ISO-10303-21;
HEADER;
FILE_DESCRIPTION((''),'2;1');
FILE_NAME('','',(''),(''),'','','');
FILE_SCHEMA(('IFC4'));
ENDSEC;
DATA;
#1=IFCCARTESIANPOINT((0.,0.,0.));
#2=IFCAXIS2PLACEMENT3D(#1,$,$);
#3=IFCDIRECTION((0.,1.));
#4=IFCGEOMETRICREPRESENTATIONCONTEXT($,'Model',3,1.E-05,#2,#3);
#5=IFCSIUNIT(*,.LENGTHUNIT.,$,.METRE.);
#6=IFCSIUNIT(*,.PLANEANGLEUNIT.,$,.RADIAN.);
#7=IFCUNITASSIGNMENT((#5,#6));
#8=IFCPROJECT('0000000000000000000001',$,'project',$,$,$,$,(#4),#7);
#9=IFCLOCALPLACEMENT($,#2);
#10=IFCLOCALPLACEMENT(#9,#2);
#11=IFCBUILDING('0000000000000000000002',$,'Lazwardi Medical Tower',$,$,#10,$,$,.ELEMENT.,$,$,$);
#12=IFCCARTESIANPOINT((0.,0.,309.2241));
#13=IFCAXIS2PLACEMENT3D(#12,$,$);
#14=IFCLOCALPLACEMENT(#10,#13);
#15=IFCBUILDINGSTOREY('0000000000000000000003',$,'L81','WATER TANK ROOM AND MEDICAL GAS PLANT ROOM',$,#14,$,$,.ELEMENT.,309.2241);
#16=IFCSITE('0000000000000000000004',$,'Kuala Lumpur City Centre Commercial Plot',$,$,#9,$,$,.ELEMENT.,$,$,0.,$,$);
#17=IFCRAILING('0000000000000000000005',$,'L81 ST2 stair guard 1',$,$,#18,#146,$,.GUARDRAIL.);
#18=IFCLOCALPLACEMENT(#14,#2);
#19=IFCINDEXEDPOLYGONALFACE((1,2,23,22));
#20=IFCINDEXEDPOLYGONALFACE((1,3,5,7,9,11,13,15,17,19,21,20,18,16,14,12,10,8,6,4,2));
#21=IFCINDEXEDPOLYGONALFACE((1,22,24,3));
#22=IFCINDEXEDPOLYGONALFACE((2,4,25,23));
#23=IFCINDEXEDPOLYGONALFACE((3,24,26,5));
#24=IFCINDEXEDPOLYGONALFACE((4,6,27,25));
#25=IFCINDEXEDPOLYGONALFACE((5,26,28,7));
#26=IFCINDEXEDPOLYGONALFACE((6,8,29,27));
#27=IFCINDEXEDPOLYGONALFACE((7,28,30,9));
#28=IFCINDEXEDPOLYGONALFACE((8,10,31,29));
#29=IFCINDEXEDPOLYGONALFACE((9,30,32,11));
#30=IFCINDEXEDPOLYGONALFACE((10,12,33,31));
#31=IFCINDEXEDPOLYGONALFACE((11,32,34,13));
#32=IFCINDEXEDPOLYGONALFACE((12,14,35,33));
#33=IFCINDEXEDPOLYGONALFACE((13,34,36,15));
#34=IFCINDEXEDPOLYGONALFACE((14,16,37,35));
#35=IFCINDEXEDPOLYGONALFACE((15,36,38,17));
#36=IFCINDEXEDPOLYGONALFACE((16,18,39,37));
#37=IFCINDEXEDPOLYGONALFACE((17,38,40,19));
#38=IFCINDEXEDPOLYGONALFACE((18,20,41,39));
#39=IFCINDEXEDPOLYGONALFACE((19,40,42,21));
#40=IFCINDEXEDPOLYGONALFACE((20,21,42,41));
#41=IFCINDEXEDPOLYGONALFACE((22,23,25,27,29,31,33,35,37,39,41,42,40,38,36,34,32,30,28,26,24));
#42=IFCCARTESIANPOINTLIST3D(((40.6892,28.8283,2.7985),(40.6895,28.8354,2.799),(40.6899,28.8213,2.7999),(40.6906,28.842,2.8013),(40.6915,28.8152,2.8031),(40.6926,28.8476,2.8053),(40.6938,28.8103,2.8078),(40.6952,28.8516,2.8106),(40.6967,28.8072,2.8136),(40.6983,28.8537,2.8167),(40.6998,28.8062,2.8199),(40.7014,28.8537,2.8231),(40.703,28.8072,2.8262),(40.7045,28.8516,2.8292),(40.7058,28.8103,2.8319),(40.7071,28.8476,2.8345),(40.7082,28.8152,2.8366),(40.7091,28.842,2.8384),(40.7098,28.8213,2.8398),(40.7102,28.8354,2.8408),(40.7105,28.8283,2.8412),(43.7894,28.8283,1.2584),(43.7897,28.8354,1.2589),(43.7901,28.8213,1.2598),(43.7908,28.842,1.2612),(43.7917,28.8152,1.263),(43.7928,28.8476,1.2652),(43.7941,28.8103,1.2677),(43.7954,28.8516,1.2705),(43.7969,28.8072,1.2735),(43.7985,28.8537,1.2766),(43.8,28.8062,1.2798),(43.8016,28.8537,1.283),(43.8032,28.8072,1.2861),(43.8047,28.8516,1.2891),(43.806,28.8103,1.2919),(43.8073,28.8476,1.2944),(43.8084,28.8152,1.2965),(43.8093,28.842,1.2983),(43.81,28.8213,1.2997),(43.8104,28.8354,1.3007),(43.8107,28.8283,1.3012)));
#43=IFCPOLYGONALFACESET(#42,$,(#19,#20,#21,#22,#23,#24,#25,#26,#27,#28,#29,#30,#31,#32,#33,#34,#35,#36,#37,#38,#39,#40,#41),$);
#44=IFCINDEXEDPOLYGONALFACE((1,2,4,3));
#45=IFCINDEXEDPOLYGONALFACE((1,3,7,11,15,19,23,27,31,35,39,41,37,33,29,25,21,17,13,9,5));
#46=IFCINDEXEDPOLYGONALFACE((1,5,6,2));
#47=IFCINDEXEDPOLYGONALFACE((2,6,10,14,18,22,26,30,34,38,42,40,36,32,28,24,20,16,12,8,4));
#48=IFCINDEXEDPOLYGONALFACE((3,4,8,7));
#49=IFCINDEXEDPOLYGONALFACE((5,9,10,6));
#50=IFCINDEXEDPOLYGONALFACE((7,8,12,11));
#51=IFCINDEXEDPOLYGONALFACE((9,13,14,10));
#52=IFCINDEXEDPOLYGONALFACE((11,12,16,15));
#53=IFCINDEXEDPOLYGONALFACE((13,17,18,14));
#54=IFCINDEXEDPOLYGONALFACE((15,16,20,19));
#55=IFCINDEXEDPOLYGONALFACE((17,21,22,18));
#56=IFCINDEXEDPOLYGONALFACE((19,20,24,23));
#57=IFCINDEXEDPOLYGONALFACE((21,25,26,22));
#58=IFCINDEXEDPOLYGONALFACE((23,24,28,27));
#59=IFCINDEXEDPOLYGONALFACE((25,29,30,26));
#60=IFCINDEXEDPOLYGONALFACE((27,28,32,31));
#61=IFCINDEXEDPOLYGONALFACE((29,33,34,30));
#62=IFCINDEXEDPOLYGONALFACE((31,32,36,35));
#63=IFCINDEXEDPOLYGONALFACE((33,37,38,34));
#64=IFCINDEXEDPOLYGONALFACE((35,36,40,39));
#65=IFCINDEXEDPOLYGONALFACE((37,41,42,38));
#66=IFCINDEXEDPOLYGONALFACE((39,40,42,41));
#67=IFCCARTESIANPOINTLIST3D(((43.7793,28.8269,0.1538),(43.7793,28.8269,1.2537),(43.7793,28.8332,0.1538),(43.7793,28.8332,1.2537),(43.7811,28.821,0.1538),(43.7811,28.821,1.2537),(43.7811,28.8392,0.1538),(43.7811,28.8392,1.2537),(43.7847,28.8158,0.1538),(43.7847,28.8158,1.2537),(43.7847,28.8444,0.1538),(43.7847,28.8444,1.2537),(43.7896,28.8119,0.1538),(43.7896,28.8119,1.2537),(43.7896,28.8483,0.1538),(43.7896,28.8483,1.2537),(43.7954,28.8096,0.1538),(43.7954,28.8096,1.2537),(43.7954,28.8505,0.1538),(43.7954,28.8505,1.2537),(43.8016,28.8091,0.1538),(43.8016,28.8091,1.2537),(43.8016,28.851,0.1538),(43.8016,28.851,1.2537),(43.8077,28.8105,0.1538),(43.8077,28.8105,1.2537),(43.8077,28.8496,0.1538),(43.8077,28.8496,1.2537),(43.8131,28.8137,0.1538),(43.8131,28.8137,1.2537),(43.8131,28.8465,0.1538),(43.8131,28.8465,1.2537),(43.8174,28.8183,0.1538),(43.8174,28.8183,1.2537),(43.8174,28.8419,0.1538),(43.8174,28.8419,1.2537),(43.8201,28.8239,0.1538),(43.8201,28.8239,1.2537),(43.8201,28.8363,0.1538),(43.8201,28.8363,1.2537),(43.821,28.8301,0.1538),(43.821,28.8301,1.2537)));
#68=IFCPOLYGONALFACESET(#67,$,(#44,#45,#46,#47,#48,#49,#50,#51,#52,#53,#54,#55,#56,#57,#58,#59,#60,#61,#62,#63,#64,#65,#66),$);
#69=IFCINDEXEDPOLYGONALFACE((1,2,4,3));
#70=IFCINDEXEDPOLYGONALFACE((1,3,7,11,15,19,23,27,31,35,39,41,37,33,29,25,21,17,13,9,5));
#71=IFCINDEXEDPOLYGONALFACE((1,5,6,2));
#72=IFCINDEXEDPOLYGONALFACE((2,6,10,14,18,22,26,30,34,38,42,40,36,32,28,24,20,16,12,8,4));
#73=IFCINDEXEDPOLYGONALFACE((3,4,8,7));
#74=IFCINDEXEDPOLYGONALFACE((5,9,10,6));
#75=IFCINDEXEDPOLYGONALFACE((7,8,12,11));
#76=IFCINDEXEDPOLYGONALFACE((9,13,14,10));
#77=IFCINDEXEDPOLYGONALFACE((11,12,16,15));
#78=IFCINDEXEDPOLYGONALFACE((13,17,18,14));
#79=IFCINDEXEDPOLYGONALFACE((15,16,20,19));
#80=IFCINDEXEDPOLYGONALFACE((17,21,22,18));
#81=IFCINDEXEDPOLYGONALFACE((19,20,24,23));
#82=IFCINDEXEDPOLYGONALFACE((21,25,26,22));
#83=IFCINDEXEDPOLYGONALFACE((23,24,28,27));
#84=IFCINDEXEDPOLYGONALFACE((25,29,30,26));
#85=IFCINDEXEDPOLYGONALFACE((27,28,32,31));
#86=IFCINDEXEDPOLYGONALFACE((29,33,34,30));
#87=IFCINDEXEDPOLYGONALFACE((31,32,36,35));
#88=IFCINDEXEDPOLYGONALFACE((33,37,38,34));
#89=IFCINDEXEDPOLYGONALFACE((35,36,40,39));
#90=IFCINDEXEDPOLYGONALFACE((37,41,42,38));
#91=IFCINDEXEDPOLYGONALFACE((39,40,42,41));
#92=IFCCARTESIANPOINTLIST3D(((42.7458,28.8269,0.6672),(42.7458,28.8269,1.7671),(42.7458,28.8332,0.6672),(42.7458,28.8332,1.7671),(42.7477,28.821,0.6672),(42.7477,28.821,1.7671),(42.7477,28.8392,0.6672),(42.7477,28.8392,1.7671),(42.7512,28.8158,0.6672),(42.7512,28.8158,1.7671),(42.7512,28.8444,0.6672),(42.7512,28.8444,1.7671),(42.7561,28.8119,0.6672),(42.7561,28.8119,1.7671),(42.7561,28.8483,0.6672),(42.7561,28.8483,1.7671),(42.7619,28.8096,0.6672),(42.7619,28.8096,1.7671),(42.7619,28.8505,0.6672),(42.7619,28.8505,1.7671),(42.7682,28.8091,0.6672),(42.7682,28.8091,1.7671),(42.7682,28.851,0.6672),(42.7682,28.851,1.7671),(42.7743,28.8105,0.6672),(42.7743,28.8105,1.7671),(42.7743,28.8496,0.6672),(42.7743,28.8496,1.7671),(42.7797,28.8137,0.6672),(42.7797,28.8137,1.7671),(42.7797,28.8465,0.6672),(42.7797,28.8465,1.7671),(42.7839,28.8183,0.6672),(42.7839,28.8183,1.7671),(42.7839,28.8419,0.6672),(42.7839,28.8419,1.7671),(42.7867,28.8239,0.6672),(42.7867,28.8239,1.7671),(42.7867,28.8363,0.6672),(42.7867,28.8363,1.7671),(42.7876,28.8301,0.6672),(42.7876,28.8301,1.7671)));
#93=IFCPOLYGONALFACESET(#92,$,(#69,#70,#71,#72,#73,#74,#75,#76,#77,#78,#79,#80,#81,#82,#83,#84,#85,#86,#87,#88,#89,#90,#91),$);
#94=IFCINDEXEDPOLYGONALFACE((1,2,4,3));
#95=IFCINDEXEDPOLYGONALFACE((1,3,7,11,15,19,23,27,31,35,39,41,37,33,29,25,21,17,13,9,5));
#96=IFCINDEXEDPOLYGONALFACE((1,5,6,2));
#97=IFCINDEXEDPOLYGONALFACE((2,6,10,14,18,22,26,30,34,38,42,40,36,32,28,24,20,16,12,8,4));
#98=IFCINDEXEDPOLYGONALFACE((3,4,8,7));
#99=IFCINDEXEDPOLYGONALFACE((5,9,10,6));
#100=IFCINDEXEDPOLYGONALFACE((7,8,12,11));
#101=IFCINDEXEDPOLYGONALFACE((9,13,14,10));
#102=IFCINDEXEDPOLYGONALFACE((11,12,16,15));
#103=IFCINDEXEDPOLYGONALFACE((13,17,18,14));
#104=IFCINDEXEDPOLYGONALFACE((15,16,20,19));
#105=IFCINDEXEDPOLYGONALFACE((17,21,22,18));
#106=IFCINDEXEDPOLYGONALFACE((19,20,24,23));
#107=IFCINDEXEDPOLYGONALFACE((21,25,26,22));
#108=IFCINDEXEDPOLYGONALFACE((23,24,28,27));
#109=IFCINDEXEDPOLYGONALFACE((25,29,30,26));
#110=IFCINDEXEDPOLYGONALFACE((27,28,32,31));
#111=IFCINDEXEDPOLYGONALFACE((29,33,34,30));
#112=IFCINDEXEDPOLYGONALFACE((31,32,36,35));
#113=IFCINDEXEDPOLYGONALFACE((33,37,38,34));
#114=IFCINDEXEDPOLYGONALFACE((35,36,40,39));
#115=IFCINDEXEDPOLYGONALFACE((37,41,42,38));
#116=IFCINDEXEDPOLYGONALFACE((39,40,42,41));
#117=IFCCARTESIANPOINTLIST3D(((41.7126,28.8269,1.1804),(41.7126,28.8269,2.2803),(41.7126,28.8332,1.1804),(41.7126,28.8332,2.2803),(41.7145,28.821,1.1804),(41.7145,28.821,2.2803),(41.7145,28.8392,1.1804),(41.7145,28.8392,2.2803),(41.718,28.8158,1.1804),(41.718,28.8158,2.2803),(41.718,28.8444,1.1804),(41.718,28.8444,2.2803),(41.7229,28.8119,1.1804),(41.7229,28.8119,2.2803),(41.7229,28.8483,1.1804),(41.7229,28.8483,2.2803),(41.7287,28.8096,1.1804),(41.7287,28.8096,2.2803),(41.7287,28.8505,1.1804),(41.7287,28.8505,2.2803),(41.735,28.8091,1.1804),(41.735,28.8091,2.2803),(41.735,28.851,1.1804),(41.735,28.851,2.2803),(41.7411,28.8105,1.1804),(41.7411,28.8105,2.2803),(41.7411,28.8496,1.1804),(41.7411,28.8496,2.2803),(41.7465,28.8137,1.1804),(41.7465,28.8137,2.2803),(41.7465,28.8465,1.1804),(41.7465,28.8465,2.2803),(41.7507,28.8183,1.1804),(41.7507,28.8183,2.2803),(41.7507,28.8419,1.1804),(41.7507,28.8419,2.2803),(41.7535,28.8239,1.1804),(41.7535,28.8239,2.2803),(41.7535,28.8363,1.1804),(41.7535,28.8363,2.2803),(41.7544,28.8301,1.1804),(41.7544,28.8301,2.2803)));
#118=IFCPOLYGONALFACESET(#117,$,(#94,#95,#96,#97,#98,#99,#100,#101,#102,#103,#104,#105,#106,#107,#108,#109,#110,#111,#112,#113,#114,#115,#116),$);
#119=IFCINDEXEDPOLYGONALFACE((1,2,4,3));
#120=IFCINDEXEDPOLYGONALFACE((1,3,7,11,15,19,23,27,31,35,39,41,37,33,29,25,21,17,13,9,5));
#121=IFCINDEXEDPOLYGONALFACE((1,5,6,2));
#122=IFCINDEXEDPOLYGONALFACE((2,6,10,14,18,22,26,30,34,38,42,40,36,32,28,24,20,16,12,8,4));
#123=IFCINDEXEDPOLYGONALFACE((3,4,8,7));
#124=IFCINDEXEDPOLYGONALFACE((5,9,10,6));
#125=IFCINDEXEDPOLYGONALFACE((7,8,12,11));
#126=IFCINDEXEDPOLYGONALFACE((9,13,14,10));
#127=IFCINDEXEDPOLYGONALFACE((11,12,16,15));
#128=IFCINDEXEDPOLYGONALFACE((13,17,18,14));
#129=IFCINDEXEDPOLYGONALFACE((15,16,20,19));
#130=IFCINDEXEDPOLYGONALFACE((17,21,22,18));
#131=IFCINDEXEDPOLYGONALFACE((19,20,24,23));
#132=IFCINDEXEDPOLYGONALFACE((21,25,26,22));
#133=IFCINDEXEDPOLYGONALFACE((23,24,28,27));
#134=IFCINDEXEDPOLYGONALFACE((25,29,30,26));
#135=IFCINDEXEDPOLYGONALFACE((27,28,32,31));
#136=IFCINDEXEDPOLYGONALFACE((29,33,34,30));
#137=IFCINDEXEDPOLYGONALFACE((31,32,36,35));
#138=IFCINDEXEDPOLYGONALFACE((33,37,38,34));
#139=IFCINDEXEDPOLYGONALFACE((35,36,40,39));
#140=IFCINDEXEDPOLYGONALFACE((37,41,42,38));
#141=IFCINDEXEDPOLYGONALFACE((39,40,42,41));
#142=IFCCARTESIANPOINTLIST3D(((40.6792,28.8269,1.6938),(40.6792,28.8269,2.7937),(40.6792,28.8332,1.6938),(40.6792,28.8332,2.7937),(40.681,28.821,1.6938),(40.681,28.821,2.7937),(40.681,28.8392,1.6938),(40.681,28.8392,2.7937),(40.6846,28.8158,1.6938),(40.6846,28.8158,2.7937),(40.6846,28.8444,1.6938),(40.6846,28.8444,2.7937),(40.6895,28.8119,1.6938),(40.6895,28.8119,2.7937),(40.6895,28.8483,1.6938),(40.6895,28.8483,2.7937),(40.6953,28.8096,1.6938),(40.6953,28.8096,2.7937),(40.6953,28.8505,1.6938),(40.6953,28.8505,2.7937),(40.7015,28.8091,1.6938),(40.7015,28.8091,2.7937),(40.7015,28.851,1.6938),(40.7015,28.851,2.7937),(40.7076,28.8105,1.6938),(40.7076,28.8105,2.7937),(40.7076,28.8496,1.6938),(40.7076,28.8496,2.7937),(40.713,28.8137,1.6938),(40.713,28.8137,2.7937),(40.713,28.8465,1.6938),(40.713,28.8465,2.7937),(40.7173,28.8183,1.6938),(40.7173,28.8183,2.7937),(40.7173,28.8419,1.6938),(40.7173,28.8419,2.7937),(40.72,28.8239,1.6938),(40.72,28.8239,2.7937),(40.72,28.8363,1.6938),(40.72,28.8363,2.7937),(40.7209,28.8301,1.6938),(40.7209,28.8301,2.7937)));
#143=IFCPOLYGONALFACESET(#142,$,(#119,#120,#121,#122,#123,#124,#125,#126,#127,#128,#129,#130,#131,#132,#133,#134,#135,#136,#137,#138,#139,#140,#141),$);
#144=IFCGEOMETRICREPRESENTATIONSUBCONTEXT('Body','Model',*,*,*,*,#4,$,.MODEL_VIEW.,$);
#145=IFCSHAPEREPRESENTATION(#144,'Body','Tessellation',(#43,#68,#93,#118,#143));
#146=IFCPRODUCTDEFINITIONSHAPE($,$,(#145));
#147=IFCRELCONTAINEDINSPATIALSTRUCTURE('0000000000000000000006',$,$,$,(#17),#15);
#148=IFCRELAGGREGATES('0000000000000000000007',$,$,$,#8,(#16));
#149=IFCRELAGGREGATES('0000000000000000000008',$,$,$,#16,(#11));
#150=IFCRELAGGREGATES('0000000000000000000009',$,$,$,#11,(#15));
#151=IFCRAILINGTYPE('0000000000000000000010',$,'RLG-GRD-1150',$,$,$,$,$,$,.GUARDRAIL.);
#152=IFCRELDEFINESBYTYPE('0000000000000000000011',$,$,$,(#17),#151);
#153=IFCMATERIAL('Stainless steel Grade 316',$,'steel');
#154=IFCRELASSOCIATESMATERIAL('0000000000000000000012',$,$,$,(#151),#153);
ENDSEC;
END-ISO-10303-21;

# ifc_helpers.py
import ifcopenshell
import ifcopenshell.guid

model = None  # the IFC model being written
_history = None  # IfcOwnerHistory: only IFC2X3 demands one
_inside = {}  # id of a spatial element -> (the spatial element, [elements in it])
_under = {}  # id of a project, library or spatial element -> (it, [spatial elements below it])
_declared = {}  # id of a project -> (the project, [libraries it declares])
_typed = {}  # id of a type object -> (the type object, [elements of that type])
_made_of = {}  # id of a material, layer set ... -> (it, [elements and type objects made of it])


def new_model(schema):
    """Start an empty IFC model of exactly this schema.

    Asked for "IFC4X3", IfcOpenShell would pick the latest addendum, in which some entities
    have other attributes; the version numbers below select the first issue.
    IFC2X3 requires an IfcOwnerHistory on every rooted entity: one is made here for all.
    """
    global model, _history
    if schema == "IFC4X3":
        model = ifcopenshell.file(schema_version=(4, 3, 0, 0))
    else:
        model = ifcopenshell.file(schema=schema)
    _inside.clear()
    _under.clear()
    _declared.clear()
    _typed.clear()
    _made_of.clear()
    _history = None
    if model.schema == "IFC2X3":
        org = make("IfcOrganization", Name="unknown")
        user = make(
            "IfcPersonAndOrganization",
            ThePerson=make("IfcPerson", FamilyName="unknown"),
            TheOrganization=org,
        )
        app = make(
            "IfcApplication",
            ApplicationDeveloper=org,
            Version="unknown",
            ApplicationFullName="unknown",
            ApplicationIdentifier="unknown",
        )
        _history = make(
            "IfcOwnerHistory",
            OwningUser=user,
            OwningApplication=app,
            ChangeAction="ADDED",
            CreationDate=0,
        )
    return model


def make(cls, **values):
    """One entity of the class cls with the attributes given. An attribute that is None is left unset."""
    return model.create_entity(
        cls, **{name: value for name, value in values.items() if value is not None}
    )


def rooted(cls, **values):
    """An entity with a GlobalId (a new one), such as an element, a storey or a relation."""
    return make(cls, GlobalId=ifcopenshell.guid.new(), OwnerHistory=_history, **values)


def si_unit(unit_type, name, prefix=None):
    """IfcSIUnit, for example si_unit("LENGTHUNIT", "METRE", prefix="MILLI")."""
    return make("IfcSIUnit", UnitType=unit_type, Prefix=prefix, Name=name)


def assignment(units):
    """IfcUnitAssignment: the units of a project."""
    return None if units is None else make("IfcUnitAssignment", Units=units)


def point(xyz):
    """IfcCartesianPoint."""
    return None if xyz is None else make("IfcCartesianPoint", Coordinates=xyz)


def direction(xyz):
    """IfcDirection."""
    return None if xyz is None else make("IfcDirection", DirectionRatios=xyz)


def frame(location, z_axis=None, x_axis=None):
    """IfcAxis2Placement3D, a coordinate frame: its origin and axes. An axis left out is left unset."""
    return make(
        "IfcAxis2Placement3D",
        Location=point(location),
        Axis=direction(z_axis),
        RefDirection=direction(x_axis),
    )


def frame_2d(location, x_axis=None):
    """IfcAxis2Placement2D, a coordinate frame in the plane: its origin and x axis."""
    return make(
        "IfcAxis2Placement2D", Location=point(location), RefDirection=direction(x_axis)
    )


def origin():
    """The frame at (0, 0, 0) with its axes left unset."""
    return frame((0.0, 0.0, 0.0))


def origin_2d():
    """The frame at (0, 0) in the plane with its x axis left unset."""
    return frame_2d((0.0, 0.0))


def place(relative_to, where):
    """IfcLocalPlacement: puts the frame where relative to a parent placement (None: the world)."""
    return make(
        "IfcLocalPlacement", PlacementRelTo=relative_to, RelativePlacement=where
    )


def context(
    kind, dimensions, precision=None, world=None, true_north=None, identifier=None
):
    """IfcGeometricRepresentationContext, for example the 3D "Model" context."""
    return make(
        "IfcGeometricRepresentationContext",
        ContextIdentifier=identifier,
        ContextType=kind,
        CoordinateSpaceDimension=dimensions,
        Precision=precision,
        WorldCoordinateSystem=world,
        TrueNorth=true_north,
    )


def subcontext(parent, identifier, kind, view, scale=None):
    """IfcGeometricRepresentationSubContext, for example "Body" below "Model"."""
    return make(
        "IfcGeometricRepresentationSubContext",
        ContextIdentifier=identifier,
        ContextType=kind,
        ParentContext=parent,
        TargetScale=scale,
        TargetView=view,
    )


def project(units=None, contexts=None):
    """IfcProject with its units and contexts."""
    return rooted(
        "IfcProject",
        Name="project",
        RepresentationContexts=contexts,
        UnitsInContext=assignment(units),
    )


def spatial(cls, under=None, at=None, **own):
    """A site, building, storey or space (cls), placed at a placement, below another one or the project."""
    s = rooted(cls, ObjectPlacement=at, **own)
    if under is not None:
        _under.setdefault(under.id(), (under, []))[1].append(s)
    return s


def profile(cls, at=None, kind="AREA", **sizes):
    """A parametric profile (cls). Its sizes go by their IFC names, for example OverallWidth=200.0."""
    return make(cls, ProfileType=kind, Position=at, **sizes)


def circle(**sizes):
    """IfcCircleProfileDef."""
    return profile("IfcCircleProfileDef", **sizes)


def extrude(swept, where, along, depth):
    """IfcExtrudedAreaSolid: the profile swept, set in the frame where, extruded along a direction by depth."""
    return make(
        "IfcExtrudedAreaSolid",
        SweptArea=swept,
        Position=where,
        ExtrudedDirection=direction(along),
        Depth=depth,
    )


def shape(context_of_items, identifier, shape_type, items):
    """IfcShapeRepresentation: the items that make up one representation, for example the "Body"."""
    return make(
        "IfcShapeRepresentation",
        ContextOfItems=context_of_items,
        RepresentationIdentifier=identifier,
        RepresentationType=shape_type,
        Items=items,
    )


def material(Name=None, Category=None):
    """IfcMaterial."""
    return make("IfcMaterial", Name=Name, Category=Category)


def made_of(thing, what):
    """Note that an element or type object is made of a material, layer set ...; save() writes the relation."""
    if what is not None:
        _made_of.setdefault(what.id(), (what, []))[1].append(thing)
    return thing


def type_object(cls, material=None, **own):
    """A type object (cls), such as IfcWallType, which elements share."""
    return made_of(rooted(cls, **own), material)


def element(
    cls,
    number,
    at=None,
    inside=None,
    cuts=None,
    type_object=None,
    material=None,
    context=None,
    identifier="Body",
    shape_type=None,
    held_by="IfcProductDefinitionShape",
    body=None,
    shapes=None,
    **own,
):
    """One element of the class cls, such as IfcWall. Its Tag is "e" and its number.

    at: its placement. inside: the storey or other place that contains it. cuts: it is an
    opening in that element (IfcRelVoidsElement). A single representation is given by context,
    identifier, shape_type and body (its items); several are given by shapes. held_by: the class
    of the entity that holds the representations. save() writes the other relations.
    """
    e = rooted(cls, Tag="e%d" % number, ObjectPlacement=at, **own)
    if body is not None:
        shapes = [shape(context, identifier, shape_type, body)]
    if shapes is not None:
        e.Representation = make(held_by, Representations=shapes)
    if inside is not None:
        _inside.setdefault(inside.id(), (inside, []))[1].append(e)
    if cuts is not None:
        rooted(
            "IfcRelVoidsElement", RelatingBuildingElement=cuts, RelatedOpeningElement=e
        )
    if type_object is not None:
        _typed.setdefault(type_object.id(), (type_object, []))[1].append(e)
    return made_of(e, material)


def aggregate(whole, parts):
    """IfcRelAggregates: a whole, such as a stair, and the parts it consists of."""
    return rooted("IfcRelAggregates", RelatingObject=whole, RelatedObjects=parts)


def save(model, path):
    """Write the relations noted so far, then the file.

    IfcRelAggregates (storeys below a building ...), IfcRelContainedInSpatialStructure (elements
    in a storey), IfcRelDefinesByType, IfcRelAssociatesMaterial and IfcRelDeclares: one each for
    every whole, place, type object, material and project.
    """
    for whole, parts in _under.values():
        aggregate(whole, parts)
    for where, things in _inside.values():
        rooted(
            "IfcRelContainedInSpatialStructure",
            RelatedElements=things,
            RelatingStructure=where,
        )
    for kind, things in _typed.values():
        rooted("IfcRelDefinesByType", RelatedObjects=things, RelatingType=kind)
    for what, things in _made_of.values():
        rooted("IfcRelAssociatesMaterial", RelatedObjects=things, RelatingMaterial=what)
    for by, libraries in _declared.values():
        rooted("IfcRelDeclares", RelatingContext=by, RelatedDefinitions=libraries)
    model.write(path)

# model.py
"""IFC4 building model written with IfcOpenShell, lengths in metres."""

from ifc_helpers import new_model, si_unit, direction, frame, origin, origin_2d, place, context, subcontext, project, spatial, circle, extrude, material, type_object, element, save


model = new_model("IFC4")

# Units and contexts
model_context = context("Model", 3, precision=1e-05, world=origin(), true_north=direction((0.0, 1.0)))
body_context = subcontext(model_context, "Body", "Model", "MODEL_VIEW")
ifc_project = project(units=[si_unit("LENGTHUNIT", "METRE"), si_unit("PLANEANGLEUNIT", "RADIAN")], contexts=[model_context])

# Site, building, storey
site_placement = place(None, origin())
site = spatial("IfcSite", under=ifc_project, at=site_placement, Name="Kuala Lumpur City Centre Commercial Plot", CompositionType="ELEMENT", RefElevation=0.0)
building_placement = place(site_placement, origin())
building = spatial("IfcBuilding", under=site, at=building_placement, Name="Lazwardi Medical Tower", CompositionType="ELEMENT")
storey_placement = place(building_placement, frame((0.0, 0.0, 309.2241)))
storey = spatial("IfcBuildingStorey", under=building, at=storey_placement, Name="L81", Description="WATER TANK ROOM AND MEDICAL GAS PLANT ROOM", CompositionType="ELEMENT", Elevation=309.2241)

# Railing
ifc_material_1 = material(Name="Stainless steel Grade 316", Category="steel")
railing_type_1 = type_object("IfcRailingType", Name="RLG-GRD-1150", PredefinedType="GUARDRAIL", material=ifc_material_1)
railing_1_placement = place(storey_placement, frame((43.8, 28.8301, 0.1538)))
element("IfcRailing", 1, at=railing_1_placement, inside=storey, type_object=railing_type_1, Name="L81 ST2 stair guard 1", PredefinedType="GUARDRAIL", context=body_context, shape_type="SweptSolid", body=[
    extrude(circle(Radius=0.0239, at=origin_2d()), frame((0.0, 0.0, 1.126), z_axis=(-0.895581, 0.0, 0.444899), x_axis=(0.0, -1.0, 0.0)), (0.0, 0.0, 1.0), 3.4617),
    extrude(circle(Radius=0.021, at=origin_2d()), origin(), (0.0, 0.0, 1.0), 1.0999),
    extrude(circle(Radius=0.021, at=origin_2d()), frame((-1.0334, 0.0, 0.5134)), (0.0, 0.0, 1.0), 1.0999),
    extrude(circle(Radius=0.021, at=origin_2d()), frame((-2.0667, 0.0, 1.0266)), (0.0, 0.0, 1.0), 1.0999),
    extrude(circle(Radius=0.021, at=origin_2d()), frame((-3.1001, 0.0, 1.54)), (0.0, 0.0, 1.0), 1.0999),
])

save(model, "model.ifc")
